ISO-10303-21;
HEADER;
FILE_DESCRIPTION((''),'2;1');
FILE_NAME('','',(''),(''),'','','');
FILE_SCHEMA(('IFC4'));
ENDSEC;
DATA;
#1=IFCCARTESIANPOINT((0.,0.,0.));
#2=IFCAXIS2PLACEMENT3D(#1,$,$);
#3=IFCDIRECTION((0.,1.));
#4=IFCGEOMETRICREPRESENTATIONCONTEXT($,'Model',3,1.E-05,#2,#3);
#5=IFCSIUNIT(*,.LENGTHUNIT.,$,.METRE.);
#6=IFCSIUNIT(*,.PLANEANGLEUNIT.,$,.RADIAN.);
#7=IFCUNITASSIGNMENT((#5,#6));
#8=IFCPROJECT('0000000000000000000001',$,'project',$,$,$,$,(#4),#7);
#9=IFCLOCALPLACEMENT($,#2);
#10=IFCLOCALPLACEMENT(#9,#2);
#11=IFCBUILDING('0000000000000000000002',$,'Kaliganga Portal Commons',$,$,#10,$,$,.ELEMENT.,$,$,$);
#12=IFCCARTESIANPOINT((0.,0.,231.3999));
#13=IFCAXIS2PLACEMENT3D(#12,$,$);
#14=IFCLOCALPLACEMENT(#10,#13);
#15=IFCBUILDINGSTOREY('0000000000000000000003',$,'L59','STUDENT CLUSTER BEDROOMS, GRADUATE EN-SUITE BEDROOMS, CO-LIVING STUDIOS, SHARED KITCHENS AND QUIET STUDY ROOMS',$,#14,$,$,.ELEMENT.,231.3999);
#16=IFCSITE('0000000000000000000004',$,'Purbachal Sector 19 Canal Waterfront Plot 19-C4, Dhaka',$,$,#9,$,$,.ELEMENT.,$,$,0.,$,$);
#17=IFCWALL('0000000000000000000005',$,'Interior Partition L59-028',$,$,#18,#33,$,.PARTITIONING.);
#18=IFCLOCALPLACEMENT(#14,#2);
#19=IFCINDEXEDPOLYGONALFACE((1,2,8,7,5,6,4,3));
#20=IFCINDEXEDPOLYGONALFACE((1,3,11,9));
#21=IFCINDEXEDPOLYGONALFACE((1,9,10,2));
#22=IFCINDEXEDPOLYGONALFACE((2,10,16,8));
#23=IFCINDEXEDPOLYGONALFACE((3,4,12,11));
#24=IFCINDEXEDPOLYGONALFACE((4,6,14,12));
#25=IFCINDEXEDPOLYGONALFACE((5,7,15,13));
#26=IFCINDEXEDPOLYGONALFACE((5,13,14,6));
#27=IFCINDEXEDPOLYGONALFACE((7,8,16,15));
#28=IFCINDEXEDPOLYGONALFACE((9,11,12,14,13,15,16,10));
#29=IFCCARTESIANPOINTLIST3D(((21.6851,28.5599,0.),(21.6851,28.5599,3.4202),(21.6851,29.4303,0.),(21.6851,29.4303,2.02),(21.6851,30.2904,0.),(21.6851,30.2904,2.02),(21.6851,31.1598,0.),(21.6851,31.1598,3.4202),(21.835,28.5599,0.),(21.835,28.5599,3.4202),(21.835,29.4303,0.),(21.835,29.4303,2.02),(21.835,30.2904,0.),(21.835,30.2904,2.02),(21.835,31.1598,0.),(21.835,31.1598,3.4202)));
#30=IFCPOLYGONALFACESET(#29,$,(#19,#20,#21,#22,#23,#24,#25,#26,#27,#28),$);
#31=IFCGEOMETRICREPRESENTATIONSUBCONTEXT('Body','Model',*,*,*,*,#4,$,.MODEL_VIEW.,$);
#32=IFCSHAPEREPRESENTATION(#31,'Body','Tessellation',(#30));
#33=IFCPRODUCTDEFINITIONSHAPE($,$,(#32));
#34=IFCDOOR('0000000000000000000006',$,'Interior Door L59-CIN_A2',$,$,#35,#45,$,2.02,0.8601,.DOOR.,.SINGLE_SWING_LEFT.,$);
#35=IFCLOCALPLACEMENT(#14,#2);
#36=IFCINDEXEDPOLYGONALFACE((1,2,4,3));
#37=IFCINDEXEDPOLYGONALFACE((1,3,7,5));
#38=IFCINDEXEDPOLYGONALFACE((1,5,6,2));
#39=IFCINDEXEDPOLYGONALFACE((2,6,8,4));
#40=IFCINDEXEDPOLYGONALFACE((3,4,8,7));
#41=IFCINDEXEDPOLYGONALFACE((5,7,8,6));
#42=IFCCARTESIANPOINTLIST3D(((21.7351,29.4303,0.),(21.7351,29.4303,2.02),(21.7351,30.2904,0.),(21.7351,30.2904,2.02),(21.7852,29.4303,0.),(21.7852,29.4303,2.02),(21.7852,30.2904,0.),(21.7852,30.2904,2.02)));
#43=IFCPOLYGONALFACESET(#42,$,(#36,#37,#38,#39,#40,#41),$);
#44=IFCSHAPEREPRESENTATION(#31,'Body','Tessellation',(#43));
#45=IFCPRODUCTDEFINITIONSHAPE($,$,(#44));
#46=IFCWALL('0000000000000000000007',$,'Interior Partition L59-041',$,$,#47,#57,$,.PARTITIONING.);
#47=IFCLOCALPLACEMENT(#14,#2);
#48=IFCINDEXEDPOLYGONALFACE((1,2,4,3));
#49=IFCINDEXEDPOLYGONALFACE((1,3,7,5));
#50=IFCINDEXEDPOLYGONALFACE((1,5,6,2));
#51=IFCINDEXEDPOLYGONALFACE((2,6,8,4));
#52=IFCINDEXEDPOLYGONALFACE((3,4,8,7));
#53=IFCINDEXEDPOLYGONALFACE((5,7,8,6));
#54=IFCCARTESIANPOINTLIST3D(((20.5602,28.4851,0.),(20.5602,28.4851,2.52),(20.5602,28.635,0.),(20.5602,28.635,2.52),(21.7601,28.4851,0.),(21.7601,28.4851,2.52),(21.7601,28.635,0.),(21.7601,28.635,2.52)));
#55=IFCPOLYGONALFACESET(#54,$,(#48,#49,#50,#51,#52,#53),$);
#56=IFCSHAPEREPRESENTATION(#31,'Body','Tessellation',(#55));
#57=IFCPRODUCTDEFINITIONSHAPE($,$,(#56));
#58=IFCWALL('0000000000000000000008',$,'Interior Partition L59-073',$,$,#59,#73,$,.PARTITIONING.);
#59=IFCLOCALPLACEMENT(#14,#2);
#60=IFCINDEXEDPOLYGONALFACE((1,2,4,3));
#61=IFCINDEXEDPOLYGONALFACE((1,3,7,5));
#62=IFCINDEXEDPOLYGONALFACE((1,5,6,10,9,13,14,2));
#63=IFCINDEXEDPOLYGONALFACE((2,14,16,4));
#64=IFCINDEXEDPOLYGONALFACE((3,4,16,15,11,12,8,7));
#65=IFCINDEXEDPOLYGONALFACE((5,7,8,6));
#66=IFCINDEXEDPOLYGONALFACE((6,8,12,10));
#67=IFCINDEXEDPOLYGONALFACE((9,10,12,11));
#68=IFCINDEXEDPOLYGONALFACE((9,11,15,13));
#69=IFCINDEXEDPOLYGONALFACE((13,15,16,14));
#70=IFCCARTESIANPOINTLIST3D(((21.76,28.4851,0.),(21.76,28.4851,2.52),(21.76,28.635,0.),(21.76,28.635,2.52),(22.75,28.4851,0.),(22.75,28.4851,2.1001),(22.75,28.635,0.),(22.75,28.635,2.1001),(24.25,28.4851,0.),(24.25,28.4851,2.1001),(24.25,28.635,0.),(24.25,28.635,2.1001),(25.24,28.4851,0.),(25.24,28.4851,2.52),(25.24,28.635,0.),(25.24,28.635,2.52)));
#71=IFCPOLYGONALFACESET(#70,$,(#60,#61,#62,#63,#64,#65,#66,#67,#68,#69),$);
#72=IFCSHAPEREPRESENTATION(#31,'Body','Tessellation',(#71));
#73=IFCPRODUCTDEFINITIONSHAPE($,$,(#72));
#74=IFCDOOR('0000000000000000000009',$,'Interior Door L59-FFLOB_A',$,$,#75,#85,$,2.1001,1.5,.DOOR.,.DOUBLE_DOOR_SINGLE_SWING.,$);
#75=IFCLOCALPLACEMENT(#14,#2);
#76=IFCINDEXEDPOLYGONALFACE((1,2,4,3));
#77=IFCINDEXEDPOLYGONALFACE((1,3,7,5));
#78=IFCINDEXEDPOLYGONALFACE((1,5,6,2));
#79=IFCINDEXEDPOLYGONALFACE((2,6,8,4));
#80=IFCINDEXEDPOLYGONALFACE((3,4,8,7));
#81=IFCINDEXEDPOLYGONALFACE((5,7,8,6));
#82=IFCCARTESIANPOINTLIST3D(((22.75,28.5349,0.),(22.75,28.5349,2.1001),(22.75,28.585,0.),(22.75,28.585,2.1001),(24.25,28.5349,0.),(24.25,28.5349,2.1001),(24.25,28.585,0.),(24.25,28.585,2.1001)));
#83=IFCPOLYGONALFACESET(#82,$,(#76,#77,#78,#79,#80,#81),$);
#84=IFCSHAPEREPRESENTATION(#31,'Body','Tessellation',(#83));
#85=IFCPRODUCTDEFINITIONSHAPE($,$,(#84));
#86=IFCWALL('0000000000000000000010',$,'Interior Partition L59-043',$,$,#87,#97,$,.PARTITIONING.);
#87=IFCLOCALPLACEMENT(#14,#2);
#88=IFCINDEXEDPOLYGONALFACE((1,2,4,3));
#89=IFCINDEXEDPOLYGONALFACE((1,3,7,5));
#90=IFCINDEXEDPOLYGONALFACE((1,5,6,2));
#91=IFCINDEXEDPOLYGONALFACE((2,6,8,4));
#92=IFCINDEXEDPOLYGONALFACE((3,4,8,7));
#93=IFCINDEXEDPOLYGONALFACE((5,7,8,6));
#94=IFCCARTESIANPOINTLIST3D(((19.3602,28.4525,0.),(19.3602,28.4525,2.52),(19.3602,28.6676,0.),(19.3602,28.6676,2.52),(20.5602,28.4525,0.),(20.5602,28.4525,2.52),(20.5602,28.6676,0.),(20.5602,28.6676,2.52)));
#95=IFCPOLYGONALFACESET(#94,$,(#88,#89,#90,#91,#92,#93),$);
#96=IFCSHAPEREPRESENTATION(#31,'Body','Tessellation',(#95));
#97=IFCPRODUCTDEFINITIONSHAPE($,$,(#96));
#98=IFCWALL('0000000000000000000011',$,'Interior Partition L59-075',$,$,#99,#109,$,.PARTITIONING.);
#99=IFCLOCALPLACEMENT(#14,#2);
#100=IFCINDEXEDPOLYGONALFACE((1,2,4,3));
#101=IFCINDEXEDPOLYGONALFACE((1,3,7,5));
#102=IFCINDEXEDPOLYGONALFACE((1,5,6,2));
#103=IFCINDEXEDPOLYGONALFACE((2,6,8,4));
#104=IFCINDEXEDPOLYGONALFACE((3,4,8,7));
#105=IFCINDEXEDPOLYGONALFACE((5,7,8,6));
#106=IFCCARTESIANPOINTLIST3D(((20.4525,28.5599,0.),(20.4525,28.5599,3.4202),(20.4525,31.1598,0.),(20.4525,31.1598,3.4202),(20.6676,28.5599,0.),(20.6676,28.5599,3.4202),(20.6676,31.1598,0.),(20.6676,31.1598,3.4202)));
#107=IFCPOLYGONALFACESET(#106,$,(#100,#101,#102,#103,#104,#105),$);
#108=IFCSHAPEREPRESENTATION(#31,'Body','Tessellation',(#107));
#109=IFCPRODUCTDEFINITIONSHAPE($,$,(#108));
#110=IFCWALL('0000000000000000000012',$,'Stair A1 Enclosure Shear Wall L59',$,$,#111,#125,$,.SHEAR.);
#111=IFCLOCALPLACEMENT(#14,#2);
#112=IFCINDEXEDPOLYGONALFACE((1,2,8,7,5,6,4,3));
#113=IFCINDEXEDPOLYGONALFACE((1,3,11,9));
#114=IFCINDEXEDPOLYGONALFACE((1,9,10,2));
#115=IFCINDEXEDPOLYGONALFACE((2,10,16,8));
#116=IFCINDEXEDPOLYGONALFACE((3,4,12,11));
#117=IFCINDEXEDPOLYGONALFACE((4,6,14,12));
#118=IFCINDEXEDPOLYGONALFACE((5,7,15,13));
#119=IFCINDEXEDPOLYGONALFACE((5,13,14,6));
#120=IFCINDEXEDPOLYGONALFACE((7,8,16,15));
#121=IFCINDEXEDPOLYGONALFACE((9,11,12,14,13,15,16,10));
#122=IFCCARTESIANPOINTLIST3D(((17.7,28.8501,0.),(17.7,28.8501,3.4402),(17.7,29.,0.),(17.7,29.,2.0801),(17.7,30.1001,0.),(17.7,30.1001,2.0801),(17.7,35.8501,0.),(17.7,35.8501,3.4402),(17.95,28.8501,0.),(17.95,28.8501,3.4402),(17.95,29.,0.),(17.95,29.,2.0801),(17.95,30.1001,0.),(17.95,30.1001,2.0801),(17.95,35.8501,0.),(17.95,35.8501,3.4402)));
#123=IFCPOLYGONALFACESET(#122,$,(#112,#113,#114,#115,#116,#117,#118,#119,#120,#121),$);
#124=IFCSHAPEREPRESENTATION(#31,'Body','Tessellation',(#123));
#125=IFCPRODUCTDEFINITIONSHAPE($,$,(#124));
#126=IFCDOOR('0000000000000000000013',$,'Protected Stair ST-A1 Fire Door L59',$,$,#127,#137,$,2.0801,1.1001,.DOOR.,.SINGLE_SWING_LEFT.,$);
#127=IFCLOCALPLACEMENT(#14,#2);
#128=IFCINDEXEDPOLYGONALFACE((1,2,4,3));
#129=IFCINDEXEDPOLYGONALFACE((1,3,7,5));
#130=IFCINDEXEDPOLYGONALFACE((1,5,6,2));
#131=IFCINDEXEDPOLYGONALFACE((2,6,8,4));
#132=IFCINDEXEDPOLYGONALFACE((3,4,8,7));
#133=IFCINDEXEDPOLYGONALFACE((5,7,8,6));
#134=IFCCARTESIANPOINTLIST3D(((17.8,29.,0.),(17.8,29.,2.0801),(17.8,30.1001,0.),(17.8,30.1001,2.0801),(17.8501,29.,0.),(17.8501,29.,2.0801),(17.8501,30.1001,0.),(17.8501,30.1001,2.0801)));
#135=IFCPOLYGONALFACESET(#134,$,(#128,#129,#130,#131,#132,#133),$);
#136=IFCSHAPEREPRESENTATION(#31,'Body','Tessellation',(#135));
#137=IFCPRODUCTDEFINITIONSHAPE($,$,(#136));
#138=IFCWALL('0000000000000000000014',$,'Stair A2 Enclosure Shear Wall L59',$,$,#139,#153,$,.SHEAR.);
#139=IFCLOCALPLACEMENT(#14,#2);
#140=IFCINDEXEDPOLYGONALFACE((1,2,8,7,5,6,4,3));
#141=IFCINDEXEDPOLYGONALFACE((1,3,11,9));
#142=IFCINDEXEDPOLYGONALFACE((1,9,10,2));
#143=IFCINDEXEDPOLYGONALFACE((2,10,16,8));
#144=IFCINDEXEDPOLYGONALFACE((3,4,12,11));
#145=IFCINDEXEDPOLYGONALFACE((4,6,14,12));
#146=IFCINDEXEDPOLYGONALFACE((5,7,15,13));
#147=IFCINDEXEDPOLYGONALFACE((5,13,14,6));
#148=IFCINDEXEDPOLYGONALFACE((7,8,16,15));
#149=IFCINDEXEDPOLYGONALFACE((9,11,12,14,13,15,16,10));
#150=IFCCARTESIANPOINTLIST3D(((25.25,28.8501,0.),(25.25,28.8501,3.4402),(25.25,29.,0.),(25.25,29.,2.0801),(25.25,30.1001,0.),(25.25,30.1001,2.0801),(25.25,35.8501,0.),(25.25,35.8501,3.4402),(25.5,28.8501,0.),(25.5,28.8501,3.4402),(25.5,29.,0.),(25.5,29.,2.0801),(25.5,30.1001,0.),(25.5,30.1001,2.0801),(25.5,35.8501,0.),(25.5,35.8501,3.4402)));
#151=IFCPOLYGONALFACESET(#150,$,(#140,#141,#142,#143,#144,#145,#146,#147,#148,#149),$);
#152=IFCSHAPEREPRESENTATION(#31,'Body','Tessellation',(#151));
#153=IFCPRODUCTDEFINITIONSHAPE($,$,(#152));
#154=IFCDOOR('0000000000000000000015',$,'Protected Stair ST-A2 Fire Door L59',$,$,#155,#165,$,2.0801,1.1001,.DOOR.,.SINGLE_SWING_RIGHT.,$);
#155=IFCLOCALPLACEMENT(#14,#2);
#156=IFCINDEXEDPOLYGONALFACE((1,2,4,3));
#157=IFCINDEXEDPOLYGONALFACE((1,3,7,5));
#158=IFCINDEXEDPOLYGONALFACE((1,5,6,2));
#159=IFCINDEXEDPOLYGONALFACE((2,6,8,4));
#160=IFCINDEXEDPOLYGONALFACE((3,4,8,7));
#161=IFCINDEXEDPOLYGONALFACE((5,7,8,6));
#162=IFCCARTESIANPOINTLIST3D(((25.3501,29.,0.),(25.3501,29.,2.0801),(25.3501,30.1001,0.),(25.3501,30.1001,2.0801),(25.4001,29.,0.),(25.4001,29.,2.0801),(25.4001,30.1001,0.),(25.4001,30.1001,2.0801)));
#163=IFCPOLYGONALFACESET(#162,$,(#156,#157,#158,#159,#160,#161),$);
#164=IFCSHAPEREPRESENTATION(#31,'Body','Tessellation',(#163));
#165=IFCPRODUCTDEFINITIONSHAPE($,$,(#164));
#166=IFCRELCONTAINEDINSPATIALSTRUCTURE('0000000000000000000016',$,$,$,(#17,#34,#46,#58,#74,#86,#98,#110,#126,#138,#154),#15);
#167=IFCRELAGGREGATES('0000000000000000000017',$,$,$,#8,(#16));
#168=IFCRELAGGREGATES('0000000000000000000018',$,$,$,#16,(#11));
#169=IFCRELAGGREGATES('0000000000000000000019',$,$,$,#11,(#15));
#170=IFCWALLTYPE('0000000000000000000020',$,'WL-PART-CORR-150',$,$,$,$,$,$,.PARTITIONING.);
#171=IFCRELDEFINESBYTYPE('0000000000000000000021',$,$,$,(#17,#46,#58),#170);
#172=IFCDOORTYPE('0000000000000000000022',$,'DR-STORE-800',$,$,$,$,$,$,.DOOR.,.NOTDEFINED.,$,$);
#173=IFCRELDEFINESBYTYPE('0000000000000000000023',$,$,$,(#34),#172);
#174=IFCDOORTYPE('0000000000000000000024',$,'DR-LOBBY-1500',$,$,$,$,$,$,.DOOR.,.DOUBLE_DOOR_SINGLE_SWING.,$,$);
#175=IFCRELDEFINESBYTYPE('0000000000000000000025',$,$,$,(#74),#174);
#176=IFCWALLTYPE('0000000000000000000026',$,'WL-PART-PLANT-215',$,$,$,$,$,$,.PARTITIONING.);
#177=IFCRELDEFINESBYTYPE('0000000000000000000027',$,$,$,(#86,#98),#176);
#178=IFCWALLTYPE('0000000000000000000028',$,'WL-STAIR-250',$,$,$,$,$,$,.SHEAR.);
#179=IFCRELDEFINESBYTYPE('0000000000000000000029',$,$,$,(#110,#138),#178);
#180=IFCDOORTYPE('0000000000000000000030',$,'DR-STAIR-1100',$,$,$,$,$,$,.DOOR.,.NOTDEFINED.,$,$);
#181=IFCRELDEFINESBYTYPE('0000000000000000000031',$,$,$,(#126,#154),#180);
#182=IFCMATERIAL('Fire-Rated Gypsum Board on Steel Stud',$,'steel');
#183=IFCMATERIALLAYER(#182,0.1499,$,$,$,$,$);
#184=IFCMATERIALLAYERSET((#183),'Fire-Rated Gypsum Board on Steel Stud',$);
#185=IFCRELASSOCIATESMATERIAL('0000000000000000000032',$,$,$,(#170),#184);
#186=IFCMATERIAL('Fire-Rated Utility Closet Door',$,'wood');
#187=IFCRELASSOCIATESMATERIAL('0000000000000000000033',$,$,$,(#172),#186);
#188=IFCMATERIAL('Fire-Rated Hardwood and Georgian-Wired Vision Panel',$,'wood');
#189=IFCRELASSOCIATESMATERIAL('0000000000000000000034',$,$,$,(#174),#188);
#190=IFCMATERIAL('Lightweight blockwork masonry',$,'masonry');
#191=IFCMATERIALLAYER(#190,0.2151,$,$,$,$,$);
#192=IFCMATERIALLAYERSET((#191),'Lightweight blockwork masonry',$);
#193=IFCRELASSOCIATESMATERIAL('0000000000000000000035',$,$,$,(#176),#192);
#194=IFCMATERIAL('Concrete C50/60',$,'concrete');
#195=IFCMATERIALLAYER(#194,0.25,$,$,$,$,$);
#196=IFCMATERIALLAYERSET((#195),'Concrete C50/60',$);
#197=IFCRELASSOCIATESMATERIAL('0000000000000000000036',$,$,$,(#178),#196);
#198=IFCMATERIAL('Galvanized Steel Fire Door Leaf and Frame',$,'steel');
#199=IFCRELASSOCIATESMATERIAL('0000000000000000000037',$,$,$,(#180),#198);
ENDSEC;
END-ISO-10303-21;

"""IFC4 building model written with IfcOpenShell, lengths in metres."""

from ifc_helpers import new_model, si_unit, direction, frame, frame_2d, origin, place, context, subcontext, project, spatial, rectangle, extrude, material, layer, layer_set, type_object, element, fill, save


model = new_model("IFC4")

# Units and contexts
model_context = context("Model", 3, precision=1e-05, world=origin(), true_north=direction((0.0, 1.0)))
body_context = subcontext(model_context, "Body", "Model", "MODEL_VIEW")
ifc_project = project(units=[si_unit("LENGTHUNIT", "METRE"), si_unit("PLANEANGLEUNIT", "RADIAN")], contexts=[model_context])

# Site, building, storey
site_placement = place(None, origin())
site = spatial("IfcSite", under=ifc_project, at=site_placement, Name="Purbachal Sector 19 Canal Waterfront Plot 19-C4, Dhaka", CompositionType="ELEMENT", RefElevation=0.0)
building_placement = place(site_placement, origin())
building = spatial("IfcBuilding", under=site, at=building_placement, Name="Kaliganga Portal Commons", CompositionType="ELEMENT")
storey_placement = place(building_placement, frame((0.0, 0.0, 231.3999)))
storey = spatial("IfcBuildingStorey", under=building, at=storey_placement, Name="L59", Description="STUDENT CLUSTER BEDROOMS, GRADUATE EN-SUITE BEDROOMS, CO-LIVING STUDIOS, SHARED KITCHENS AND QUIET STUDY ROOMS", CompositionType="ELEMENT", Elevation=231.3999)

# Shared definitions
ifc_material_1 = material(Name="Concrete C50/60", Category="concrete")

# Wall, opening, door
ifc_material_2 = material(Name="Fire-Rated Gypsum Board on Steel Stud", Category="steel")
ifc_layer_1 = layer(ifc_material_2, 0.1499)
ifc_layer_set_1 = layer_set([ifc_layer_1], Name="Fire-Rated Gypsum Board on Steel Stud")
wall_type_1 = type_object("IfcWallType", Name="WL-PART-CORR-150", PredefinedType="PARTITIONING", material=ifc_layer_set_1)
wall_1_placement = place(storey_placement, frame((21.76, 28.5601, 0.0), z_axis=(0.0, 0.0, 1.0), x_axis=(0.0, 1.0, 0.0)))
wall_1 = element("IfcWall", 1, at=wall_1_placement, inside=storey, type_object=wall_type_1, Name="Interior Partition L59-028", PredefinedType="PARTITIONING", context=body_context, shape_type="SweptSolid", body=[
    extrude(rectangle(XDim=2.5999, YDim=0.1499, at=frame_2d((1.2998, 0.0))), origin(), (0.0, 0.0, 1.0), 3.4202),
])
opening_1_placement = place(wall_1_placement, frame((0.8701, 0.0, 0.0)))
opening_1 = element("IfcOpeningElement", 2, at=opening_1_placement, cuts=wall_1, PredefinedType="OPENING", context=body_context, shape_type="SweptSolid", body=[
    extrude(rectangle(XDim=0.8601, YDim=2.02, at=frame_2d((0.4302, 1.01))), frame((0.0, 0.085, 0.0), z_axis=(0.0, -1.0, 0.0), x_axis=(1.0, 0.0, 0.0)), (0.0, 0.0, 1.0), 0.1699),
])
ifc_material_3 = material(Name="Fire-Rated Utility Closet Door", Category="wood")
door_type_1 = type_object("IfcDoorType", Name="DR-STORE-800", OperationType="NOTDEFINED", PredefinedType="DOOR", material=ifc_material_3)
door_1_placement = place(opening_1_placement, origin())
door_1 = element("IfcDoor", 3, at=door_1_placement, inside=storey, type_object=door_type_1, Name="Interior Door L59-CIN_A2", OperationType="SINGLE_SWING_LEFT", OverallHeight=2.02, OverallWidth=0.8601, PredefinedType="DOOR", context=body_context, shape_type="SweptSolid", body=[
    extrude(rectangle(XDim=0.8601, YDim=2.02, at=frame_2d((0.4302, 1.01))), frame((0.0, 0.0249, 0.0), z_axis=(0.0, -1.0, 0.0), x_axis=(1.0, 0.0, 0.0)), (0.0, 0.0, 1.0), 0.05),
])
fill(opening_1, door_1)

# Wall
wall_2_placement = place(storey_placement, frame((20.5601, 28.5601, 0.0), z_axis=(0.0, 0.0, 1.0), x_axis=(1.0, 0.0, 0.0)))
element("IfcWall", 4, at=wall_2_placement, inside=storey, type_object=wall_type_1, Name="Interior Partition L59-041", PredefinedType="PARTITIONING", context=body_context, shape_type="SweptSolid", body=[
    extrude(rectangle(XDim=1.2, YDim=0.1499, at=frame_2d((0.6001, 0.0))), origin(), (0.0, 0.0, 1.0), 2.52),
])

# Wall, opening, door
wall_3_placement = place(storey_placement, frame((21.76, 28.5601, 0.0), z_axis=(0.0, 0.0, 1.0), x_axis=(1.0, 0.0, 0.0)))
wall_3 = element("IfcWall", 5, at=wall_3_placement, inside=storey, type_object=wall_type_1, Name="Interior Partition L59-073", PredefinedType="PARTITIONING", context=body_context, shape_type="SweptSolid", body=[
    extrude(rectangle(XDim=3.48, YDim=0.1499, at=frame_2d((1.74, 0.0))), origin(), (0.0, 0.0, 1.0), 2.52),
])
opening_2_placement = place(wall_3_placement, frame((0.99, 0.0, 0.0)))
opening_2 = element("IfcOpeningElement", 6, at=opening_2_placement, cuts=wall_3, PredefinedType="OPENING", context=body_context, shape_type="SweptSolid", body=[
    extrude(rectangle(XDim=1.5, YDim=2.1001, at=frame_2d((0.75, 1.05))), frame((0.0, 0.085, 0.0), z_axis=(0.0, -1.0, 0.0), x_axis=(1.0, 0.0, 0.0)), (0.0, 0.0, 1.0), 0.1699),
])
ifc_material_4 = material(Name="Fire-Rated Hardwood and Georgian-Wired Vision Panel", Category="wood")
door_type_2 = type_object("IfcDoorType", Name="DR-LOBBY-1500", OperationType="DOUBLE_DOOR_SINGLE_SWING", PredefinedType="DOOR", material=ifc_material_4)
door_2_placement = place(opening_2_placement, origin())
door_2 = element("IfcDoor", 7, at=door_2_placement, inside=storey, type_object=door_type_2, Name="Interior Door L59-FFLOB_A", OperationType="DOUBLE_DOOR_SINGLE_SWING", OverallHeight=2.1001, OverallWidth=1.5, PredefinedType="DOOR", context=body_context, shape_type="SweptSolid", body=[
    extrude(rectangle(XDim=1.5, YDim=2.1001, at=frame_2d((0.75, 1.05))), frame((0.0, 0.0249, 0.0), z_axis=(0.0, -1.0, 0.0), x_axis=(1.0, 0.0, 0.0)), (0.0, 0.0, 1.0), 0.05),
])
fill(opening_2, door_2)
ifc_material_5 = material(Name="Lightweight blockwork masonry", Category="masonry")
ifc_layer_2 = layer(ifc_material_5, 0.2151)
ifc_layer_set_2 = layer_set([ifc_layer_2], Name="Lightweight blockwork masonry")
wall_type_2 = type_object("IfcWallType", Name="WL-PART-PLANT-215", PredefinedType="PARTITIONING", material=ifc_layer_set_2)

# Walls
wall_4_placement = place(storey_placement, frame((19.3601, 28.5601, 0.0), z_axis=(0.0, 0.0, 1.0), x_axis=(1.0, 0.0, 0.0)))
element("IfcWall", 8, at=wall_4_placement, inside=storey, type_object=wall_type_2, Name="Interior Partition L59-043", PredefinedType="PARTITIONING", context=body_context, shape_type="SweptSolid", body=[
    extrude(rectangle(XDim=1.2, YDim=0.2151, at=frame_2d((0.6001, 0.0))), origin(), (0.0, 0.0, 1.0), 2.52),
])
wall_5_placement = place(storey_placement, frame((20.5601, 28.5601, 0.0), z_axis=(0.0, 0.0, 1.0), x_axis=(0.0, 1.0, 0.0)))
element("IfcWall", 9, at=wall_5_placement, inside=storey, type_object=wall_type_2, Name="Interior Partition L59-075", PredefinedType="PARTITIONING", context=body_context, shape_type="SweptSolid", body=[
    extrude(rectangle(XDim=2.5999, YDim=0.2151, at=frame_2d((1.2998, 0.0))), origin(), (0.0, 0.0, 1.0), 3.4202),
])

# Walls, openings, doors
ifc_layer_3 = layer(ifc_material_1, 0.25)
ifc_layer_set_3 = layer_set([ifc_layer_3], Name="Concrete C50/60")
wall_type_3 = type_object("IfcWallType", Name="WL-STAIR-250", PredefinedType="SHEAR", material=ifc_layer_set_3)
wall_6_placement = place(storey_placement, frame((17.825, 28.8501, 0.0), z_axis=(0.0, 0.0, 1.0), x_axis=(0.0, 1.0, 0.0)))
wall_6 = element("IfcWall", 10, at=wall_6_placement, inside=storey, type_object=wall_type_3, Name="Stair A1 Enclosure Shear Wall L59", PredefinedType="SHEAR", context=body_context, shape_type="SweptSolid", body=[
    extrude(rectangle(XDim=7.0, YDim=0.25, at=frame_2d((3.5, 0.0))), origin(), (0.0, 0.0, 1.0), 3.4402),
])
opening_3_placement = place(wall_6_placement, frame((0.1499, 0.0, 0.0)))
opening_3 = element("IfcOpeningElement", 11, at=opening_3_placement, cuts=wall_6, PredefinedType="OPENING", context=body_context, shape_type="SweptSolid", body=[
    extrude(rectangle(XDim=1.1001, YDim=2.0801, at=frame_2d((0.55, 1.04))), frame((0.0, 0.135, 0.0), z_axis=(0.0, -1.0, 0.0), x_axis=(1.0, 0.0, 0.0)), (0.0, 0.0, 1.0), 0.27),
])
ifc_material_6 = material(Name="Galvanized Steel Fire Door Leaf and Frame", Category="steel")
door_type_3 = type_object("IfcDoorType", Name="DR-STAIR-1100", OperationType="NOTDEFINED", PredefinedType="DOOR", material=ifc_material_6)
door_3_placement = place(opening_3_placement, origin())
door_3 = element("IfcDoor", 12, at=door_3_placement, inside=storey, type_object=door_type_3, Name="Protected Stair ST-A1 Fire Door L59", OperationType="SINGLE_SWING_LEFT", OverallHeight=2.0801, OverallWidth=1.1001, PredefinedType="DOOR", context=body_context, shape_type="SweptSolid", body=[
    extrude(rectangle(XDim=1.1001, YDim=2.0801, at=frame_2d((0.55, 1.04))), frame((0.0, 0.0249, 0.0), z_axis=(0.0, -1.0, 0.0), x_axis=(1.0, 0.0, 0.0)), (0.0, 0.0, 1.0), 0.05),
])
fill(opening_3, door_3)
wall_7_placement = place(storey_placement, frame((25.375, 28.8501, 0.0), z_axis=(0.0, 0.0, 1.0), x_axis=(0.0, 1.0, 0.0)))
wall_7 = element("IfcWall", 13, at=wall_7_placement, inside=storey, type_object=wall_type_3, Name="Stair A2 Enclosure Shear Wall L59", PredefinedType="SHEAR", context=body_context, shape_type="SweptSolid", body=[
    extrude(rectangle(XDim=7.0, YDim=0.25, at=frame_2d((3.5, 0.0))), origin(), (0.0, 0.0, 1.0), 3.4402),
])
opening_4_placement = place(wall_7_placement, frame((0.1499, 0.0, 0.0)))
opening_4 = element("IfcOpeningElement", 14, at=opening_4_placement, cuts=wall_7, PredefinedType="OPENING", context=body_context, shape_type="SweptSolid", body=[
    extrude(rectangle(XDim=1.1001, YDim=2.0801, at=frame_2d((0.55, 1.04))), frame((0.0, 0.135, 0.0), z_axis=(0.0, -1.0, 0.0), x_axis=(1.0, 0.0, 0.0)), (0.0, 0.0, 1.0), 0.27),
])
door_4_placement = place(opening_4_placement, origin())
door_4 = element("IfcDoor", 15, at=door_4_placement, inside=storey, type_object=door_type_3, Name="Protected Stair ST-A2 Fire Door L59", OperationType="SINGLE_SWING_RIGHT", OverallHeight=2.0801, OverallWidth=1.1001, PredefinedType="DOOR", context=body_context, shape_type="SweptSolid", body=[
    extrude(rectangle(XDim=1.1001, YDim=2.0801, at=frame_2d((0.55, 1.04))), frame((0.0, 0.0249, 0.0), z_axis=(0.0, -1.0, 0.0), x_axis=(1.0, 0.0, 0.0)), (0.0, 0.0, 1.0), 0.05),
])
fill(opening_4, door_4)

save(model, "model.ifc")
